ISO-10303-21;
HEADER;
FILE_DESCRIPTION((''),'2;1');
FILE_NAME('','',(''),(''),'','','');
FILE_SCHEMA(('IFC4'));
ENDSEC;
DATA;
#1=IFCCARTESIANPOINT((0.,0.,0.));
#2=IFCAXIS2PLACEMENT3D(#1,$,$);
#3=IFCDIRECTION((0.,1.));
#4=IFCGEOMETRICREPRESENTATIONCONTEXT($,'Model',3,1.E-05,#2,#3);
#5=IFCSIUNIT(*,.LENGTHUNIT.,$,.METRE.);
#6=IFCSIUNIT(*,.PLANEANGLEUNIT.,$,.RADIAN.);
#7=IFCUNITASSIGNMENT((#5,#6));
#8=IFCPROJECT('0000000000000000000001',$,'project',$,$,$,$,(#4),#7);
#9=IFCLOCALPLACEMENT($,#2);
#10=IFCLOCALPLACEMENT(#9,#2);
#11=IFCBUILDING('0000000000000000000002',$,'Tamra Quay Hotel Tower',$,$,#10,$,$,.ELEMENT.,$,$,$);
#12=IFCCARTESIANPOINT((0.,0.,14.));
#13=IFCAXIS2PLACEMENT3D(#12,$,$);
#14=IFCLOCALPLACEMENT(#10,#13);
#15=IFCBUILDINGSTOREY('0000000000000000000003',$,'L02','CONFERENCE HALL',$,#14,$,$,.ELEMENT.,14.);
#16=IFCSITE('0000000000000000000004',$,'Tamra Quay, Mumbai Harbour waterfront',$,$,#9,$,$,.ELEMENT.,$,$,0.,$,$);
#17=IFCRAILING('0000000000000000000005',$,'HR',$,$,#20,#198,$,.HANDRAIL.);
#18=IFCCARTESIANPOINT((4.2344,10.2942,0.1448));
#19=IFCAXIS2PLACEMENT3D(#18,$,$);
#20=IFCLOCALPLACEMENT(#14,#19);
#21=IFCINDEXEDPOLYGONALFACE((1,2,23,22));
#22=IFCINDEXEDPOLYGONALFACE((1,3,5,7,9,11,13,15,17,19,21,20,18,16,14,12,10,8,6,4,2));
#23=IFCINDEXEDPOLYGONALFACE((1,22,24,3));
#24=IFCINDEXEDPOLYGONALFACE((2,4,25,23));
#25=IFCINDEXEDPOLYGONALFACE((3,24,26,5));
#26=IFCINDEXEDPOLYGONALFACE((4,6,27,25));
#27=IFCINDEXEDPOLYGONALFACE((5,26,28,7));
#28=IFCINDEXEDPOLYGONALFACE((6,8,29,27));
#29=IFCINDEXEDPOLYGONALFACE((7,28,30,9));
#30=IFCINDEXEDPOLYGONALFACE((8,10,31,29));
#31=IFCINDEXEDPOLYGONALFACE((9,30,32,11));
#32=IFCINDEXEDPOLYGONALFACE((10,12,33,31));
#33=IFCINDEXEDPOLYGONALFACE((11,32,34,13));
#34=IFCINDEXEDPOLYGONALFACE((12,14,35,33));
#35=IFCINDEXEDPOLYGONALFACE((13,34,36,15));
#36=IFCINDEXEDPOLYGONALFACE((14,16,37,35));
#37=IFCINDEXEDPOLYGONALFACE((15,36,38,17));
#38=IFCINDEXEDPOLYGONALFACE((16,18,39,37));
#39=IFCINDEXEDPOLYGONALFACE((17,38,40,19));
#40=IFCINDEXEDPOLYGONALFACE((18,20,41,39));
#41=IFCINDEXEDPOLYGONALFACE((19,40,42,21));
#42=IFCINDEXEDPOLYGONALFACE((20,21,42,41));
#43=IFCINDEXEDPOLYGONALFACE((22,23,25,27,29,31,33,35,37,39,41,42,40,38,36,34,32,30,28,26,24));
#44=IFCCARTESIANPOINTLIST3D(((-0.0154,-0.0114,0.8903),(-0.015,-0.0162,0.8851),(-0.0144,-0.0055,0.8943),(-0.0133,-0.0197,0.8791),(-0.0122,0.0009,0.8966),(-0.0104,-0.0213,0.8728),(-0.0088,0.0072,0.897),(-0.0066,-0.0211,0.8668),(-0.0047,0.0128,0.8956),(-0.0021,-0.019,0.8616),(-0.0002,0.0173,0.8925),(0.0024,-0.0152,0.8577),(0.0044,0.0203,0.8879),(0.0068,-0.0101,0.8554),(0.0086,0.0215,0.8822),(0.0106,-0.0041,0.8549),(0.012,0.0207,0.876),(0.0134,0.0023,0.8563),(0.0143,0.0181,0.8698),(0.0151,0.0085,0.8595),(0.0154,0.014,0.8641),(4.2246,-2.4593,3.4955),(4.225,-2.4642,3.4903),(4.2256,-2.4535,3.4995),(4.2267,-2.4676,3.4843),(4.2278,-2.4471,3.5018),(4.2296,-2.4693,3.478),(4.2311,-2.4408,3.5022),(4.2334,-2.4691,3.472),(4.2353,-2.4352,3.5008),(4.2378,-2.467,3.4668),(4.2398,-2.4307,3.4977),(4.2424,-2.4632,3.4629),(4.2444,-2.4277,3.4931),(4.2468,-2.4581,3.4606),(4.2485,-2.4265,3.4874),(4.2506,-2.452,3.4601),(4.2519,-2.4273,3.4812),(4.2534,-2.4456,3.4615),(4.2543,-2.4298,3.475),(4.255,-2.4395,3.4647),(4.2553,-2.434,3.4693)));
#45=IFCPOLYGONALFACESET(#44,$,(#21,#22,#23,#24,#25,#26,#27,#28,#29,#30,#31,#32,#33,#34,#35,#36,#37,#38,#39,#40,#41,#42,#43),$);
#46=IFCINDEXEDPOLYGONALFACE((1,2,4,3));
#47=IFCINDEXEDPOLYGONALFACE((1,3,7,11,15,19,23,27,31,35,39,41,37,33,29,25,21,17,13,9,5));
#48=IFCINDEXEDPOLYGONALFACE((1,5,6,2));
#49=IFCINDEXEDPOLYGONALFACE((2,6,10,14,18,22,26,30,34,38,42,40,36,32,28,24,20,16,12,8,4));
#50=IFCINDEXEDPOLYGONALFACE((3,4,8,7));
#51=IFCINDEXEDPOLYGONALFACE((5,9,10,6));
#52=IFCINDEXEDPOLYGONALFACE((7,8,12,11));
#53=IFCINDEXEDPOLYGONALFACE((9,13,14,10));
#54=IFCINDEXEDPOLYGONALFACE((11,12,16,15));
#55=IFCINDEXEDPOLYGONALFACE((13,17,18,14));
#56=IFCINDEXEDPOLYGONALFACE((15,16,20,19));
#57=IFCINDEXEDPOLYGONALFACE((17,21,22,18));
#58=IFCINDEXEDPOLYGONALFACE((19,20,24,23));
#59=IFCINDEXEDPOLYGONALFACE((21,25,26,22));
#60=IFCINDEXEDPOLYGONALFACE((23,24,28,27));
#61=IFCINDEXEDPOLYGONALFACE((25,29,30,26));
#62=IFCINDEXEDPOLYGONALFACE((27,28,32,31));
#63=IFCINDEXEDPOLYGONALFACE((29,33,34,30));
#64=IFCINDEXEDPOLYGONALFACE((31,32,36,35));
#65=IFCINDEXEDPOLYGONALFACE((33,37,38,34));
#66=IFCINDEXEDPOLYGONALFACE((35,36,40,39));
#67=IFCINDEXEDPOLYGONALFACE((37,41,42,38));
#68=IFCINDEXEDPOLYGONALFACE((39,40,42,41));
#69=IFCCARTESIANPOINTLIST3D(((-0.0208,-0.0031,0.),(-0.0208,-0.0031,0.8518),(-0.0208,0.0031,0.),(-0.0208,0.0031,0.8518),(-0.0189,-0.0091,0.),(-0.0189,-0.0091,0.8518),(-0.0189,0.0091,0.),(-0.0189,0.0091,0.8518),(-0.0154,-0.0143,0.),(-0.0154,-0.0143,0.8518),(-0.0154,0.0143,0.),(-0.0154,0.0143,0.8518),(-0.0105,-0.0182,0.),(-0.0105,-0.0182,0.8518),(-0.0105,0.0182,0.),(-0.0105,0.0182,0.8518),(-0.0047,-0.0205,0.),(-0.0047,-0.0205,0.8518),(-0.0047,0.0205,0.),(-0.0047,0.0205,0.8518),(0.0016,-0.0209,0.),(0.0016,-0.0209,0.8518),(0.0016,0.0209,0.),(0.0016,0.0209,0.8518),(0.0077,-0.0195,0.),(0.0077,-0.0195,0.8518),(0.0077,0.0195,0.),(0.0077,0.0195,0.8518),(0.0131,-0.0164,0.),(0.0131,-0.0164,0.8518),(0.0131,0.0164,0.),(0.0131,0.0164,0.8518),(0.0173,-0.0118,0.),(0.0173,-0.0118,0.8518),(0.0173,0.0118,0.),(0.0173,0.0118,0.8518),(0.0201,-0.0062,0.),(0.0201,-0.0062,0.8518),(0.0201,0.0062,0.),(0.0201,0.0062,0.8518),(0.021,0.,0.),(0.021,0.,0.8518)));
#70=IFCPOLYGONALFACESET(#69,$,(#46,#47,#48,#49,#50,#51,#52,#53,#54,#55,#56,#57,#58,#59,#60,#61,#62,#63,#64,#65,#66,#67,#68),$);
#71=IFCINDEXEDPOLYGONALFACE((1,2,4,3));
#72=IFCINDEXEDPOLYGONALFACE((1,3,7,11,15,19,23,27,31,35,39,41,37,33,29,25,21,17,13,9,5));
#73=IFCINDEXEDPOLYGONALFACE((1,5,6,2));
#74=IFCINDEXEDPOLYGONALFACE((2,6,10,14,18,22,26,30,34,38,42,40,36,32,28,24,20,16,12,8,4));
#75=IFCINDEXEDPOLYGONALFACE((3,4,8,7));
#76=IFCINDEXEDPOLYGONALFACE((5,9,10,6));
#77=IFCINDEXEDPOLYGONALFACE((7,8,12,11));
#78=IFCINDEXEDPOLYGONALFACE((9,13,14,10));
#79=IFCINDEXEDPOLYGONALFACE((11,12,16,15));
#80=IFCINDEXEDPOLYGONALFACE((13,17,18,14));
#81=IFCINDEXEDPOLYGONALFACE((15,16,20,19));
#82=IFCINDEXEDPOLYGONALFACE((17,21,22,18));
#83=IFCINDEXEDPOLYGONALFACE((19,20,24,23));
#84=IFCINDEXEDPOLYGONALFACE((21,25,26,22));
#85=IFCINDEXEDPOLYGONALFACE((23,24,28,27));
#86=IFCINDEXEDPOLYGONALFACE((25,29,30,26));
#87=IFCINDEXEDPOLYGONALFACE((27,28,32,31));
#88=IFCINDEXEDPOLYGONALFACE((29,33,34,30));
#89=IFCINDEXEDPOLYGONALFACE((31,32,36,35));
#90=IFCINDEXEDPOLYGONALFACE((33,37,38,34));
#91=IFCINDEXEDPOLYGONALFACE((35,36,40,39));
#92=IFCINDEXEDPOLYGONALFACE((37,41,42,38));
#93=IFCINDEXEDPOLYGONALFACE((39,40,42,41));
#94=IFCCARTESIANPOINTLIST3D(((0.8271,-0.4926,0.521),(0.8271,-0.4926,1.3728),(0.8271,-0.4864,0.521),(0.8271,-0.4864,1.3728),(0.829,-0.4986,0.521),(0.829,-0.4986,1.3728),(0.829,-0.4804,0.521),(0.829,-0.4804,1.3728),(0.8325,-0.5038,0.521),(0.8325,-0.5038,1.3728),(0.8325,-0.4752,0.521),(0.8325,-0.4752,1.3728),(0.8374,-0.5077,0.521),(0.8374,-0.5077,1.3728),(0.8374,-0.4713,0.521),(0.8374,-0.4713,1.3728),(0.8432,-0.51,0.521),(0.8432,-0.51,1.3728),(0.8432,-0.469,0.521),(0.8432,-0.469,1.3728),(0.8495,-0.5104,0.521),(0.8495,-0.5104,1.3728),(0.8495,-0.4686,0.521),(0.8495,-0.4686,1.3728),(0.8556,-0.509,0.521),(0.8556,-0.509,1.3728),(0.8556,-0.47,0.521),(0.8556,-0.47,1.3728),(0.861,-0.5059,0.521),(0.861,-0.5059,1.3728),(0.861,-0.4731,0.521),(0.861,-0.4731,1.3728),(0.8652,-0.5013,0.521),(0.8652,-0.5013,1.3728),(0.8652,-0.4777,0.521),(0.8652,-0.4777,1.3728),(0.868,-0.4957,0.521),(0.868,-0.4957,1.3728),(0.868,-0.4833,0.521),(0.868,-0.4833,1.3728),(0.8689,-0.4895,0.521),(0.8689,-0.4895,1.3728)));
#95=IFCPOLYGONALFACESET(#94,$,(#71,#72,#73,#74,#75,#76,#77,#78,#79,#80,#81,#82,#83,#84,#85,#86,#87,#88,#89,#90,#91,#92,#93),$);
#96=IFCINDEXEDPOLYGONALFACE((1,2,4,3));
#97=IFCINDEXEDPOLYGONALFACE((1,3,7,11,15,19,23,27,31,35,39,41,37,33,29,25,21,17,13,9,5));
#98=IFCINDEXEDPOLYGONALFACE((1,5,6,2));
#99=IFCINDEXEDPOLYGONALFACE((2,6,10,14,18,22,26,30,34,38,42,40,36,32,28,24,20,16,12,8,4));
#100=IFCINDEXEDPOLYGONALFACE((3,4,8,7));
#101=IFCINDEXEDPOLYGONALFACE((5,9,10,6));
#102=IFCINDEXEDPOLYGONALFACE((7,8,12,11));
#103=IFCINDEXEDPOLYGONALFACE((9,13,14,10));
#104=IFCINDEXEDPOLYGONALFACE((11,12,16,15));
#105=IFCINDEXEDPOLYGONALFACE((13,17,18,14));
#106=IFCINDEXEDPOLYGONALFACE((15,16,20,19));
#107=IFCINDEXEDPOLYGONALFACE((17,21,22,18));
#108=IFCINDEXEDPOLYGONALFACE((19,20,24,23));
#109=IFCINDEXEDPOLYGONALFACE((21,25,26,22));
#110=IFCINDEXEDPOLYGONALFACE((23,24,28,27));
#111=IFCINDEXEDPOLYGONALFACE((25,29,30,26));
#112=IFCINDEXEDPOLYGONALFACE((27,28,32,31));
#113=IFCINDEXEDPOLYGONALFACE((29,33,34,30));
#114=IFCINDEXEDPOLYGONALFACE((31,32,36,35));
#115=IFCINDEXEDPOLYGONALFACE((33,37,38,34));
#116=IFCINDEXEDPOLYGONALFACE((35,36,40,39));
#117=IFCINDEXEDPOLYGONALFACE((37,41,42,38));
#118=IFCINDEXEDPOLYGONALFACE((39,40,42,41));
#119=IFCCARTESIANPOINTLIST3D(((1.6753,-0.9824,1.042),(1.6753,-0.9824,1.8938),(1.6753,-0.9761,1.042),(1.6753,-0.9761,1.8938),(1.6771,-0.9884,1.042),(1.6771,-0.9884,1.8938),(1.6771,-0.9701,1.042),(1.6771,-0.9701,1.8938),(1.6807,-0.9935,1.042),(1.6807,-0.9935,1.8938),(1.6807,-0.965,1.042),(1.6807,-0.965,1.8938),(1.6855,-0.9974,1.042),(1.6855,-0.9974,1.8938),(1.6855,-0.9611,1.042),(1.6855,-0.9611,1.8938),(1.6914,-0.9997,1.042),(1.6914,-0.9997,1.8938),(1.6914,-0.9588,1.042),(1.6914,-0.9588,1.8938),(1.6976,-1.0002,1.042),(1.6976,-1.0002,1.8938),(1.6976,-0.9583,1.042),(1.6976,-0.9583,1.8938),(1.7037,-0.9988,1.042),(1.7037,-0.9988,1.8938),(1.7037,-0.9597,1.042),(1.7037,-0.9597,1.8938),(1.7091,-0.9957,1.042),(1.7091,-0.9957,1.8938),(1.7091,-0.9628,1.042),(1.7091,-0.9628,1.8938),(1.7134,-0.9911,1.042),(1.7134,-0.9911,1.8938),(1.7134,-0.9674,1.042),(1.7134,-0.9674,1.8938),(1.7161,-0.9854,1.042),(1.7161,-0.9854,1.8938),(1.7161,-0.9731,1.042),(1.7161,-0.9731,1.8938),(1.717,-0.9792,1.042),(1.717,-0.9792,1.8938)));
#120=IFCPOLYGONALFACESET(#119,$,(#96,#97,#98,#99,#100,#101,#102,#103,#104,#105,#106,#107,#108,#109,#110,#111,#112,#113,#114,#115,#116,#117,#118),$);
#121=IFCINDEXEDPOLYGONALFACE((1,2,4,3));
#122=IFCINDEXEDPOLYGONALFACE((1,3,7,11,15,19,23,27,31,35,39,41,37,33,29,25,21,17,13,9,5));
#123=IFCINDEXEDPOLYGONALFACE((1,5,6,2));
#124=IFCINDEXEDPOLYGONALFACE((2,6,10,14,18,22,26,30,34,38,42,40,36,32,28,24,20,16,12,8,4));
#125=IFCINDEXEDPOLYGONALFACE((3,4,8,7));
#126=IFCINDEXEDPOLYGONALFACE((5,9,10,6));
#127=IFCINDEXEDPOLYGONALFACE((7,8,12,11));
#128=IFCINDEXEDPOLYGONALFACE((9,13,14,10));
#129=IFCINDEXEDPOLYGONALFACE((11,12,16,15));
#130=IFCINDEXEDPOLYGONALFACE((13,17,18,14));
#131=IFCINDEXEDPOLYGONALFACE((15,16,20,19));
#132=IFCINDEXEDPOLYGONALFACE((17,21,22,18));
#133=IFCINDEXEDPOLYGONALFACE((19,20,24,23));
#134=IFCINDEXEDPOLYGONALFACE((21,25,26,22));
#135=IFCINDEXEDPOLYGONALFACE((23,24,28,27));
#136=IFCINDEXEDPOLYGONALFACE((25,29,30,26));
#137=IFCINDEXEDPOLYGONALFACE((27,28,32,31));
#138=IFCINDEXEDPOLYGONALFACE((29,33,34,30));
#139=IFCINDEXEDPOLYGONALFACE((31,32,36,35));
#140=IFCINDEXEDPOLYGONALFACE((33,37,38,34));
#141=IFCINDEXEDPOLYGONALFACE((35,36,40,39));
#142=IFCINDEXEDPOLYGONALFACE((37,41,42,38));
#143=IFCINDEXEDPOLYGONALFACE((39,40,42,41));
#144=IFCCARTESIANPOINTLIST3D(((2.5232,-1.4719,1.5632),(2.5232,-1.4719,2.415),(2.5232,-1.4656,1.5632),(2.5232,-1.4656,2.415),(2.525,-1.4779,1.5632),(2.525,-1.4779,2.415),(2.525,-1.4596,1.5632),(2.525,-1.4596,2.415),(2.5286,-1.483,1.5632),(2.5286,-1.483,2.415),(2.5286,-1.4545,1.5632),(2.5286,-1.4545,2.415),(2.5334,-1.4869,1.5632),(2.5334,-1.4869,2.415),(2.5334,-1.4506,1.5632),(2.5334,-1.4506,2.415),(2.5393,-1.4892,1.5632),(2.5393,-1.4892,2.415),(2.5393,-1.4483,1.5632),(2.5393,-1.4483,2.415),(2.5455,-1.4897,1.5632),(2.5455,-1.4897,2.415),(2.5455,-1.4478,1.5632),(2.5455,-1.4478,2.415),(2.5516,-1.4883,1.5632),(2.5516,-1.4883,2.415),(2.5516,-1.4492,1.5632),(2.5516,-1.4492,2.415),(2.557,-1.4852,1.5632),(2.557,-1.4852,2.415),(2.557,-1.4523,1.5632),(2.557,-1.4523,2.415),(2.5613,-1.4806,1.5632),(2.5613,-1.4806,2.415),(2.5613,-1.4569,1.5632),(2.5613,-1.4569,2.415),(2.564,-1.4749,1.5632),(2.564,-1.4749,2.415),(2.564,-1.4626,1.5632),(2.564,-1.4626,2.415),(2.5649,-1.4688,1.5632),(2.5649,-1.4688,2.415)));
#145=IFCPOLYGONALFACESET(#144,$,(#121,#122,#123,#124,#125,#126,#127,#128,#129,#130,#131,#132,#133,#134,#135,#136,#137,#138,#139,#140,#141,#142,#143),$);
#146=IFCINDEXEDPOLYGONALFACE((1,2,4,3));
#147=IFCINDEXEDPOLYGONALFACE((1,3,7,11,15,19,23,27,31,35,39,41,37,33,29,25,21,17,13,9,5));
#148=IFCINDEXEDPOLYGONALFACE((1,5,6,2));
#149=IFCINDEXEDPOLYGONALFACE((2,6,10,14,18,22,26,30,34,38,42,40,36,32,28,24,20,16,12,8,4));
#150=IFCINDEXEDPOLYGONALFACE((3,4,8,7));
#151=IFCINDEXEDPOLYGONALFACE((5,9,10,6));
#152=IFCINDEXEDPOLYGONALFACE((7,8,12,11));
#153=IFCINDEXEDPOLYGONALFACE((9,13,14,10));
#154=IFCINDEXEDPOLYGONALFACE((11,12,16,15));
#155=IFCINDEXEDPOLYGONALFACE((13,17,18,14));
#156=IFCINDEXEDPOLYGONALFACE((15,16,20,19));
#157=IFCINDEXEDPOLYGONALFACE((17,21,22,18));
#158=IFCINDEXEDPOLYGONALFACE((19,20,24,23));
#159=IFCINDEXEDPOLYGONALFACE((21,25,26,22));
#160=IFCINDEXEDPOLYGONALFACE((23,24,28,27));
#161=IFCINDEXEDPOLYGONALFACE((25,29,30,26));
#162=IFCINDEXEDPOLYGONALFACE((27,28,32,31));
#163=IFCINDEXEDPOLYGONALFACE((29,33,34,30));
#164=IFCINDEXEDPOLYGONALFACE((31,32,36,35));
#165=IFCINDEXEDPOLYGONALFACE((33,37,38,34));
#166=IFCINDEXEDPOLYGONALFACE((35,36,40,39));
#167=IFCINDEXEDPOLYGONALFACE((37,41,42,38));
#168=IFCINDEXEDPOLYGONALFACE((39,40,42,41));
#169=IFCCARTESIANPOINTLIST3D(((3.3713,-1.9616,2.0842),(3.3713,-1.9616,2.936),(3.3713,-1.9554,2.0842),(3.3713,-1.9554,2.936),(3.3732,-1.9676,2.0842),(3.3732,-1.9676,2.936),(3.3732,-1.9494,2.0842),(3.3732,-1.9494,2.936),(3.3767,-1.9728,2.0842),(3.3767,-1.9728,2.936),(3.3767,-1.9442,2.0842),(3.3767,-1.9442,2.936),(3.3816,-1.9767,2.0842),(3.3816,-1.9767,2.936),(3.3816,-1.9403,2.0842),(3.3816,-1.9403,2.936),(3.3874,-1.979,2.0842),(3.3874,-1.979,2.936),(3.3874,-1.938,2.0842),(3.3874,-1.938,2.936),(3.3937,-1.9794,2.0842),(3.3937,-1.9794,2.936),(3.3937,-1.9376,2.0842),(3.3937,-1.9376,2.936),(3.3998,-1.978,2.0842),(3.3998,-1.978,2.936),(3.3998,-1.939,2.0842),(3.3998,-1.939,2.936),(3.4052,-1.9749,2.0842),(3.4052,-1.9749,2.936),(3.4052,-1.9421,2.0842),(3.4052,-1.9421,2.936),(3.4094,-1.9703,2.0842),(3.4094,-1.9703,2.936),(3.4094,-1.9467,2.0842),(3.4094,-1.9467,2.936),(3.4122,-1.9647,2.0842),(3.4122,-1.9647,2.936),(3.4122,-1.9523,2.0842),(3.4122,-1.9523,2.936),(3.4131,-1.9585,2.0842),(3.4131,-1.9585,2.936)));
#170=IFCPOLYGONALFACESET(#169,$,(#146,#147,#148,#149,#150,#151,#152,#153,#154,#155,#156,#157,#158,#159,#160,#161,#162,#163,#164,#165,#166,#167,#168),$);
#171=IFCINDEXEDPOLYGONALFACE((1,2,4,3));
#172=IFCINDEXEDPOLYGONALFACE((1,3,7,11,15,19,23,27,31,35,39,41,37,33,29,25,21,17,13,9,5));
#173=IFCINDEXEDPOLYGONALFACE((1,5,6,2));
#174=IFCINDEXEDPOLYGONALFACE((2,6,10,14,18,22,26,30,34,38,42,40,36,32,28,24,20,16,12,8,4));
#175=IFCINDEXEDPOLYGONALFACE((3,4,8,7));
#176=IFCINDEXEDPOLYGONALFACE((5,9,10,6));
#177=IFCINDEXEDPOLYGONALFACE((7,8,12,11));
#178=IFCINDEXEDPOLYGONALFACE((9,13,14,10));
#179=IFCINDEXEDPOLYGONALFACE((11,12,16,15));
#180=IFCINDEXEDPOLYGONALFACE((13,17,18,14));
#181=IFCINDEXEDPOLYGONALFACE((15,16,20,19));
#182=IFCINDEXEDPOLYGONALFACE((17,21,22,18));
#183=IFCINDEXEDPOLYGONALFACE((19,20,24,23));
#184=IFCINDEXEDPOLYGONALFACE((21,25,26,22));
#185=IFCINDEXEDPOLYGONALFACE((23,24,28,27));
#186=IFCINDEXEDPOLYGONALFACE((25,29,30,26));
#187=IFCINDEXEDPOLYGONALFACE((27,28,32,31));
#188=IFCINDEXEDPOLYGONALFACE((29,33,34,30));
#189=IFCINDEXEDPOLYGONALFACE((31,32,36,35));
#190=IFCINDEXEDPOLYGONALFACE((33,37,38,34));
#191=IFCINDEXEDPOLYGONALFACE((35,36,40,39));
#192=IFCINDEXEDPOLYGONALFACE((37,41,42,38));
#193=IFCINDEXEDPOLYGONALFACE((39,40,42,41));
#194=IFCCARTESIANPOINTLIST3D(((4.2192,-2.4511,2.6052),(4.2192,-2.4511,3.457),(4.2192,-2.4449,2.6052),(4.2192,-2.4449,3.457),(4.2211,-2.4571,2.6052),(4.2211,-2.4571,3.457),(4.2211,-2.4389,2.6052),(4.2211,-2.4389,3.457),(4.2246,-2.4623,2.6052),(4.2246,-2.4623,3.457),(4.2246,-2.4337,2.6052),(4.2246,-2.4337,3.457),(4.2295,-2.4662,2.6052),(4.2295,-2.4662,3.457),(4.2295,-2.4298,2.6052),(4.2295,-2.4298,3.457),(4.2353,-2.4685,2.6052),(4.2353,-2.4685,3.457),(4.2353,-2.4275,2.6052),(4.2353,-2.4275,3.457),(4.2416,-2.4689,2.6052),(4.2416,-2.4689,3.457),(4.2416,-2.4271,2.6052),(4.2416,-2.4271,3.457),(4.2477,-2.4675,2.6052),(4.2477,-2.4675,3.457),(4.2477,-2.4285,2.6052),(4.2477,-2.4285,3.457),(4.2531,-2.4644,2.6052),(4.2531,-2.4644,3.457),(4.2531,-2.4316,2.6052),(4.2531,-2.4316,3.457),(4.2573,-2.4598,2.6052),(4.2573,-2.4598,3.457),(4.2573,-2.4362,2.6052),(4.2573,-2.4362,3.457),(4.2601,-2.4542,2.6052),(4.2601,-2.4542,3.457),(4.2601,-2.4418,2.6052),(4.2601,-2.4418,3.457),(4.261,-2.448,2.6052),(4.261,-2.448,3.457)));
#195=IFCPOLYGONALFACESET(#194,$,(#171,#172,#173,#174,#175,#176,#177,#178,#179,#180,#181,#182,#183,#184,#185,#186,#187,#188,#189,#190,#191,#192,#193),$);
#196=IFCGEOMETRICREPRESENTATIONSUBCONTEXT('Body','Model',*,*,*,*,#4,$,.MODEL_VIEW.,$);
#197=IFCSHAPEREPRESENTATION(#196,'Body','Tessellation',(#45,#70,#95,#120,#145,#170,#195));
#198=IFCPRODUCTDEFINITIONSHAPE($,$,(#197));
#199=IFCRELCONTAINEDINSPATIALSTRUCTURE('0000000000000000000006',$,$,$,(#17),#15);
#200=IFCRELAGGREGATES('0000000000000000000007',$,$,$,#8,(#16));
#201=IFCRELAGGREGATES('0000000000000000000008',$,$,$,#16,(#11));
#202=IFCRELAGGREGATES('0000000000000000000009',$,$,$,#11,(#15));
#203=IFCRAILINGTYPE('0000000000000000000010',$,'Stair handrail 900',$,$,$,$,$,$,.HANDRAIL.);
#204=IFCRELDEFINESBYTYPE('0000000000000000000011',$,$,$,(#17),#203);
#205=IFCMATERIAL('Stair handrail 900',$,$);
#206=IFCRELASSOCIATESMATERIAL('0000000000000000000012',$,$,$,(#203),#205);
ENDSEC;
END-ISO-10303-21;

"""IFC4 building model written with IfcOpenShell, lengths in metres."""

from ifc_helpers import new_model, si_unit, direction, frame, origin, origin_2d, place, context, subcontext, project, spatial, circle, extrude, material, type_object, element, save


model = new_model("IFC4")

# Units and contexts
model_context = context("Model", 3, precision=1e-05, world=origin(), true_north=direction((0.0, 1.0)))
body_context = subcontext(model_context, "Body", "Model", "MODEL_VIEW")
ifc_project = project(units=[si_unit("LENGTHUNIT", "METRE"), si_unit("PLANEANGLEUNIT", "RADIAN")], contexts=[model_context])

# Site, building, storey
site_placement = place(None, origin())
site = spatial("IfcSite", under=ifc_project, at=site_placement, Name="Tamra Quay, Mumbai Harbour waterfront", CompositionType="ELEMENT", RefElevation=0.0)
building_placement = place(site_placement, origin())
building = spatial("IfcBuilding", under=site, at=building_placement, Name="Tamra Quay Hotel Tower", CompositionType="ELEMENT")
storey_placement = place(building_placement, frame((0.0, 0.0, 14.0)))
storey = spatial("IfcBuildingStorey", under=building, at=storey_placement, Name="L02", Description="CONFERENCE HALL", CompositionType="ELEMENT", Elevation=14.0)

# Railing
ifc_material_1 = material(Name="Stair handrail 900")
railing_type_1 = type_object("IfcRailingType", Name="Stair handrail 900", PredefinedType="HANDRAIL", material=ifc_material_1)
railing_1_placement = place(storey_placement, frame((4.2344, 10.2942, 0.1448)))
element("IfcRailing", 1, at=railing_1_placement, inside=storey, type_object=railing_type_1, Name="HR", PredefinedType="HANDRAIL", context=body_context, shape_type="SweptSolid", body=[
    extrude(circle(Radius=0.0239, at=origin_2d()), frame((0.0, 0.0, 0.876), z_axis=(0.764522, -0.441404, 0.469754), x_axis=(0.500006, 0.866022, 0.0)), (0.0, 0.0, 1.0), 5.5459),
    extrude(circle(Radius=0.021, at=origin_2d()), origin(), (0.0, 0.0, 1.0), 0.8518),
    extrude(circle(Radius=0.021, at=origin_2d()), frame((0.8479, -0.4895, 0.521)), (0.0, 0.0, 1.0), 0.8518),
    extrude(circle(Radius=0.021, at=origin_2d()), frame((1.696, -0.9792, 1.042)), (0.0, 0.0, 1.0), 0.8518),
    extrude(circle(Radius=0.021, at=origin_2d()), frame((2.5439, -1.4688, 1.5632)), (0.0, 0.0, 1.0), 0.8518),
    extrude(circle(Radius=0.021, at=origin_2d()), frame((3.3921, -1.9585, 2.0842)), (0.0, 0.0, 1.0), 0.8518),
    extrude(circle(Radius=0.021, at=origin_2d()), frame((4.24, -2.448, 2.6052)), (0.0, 0.0, 1.0), 0.8518),
])

save(model, "model.ifc")
